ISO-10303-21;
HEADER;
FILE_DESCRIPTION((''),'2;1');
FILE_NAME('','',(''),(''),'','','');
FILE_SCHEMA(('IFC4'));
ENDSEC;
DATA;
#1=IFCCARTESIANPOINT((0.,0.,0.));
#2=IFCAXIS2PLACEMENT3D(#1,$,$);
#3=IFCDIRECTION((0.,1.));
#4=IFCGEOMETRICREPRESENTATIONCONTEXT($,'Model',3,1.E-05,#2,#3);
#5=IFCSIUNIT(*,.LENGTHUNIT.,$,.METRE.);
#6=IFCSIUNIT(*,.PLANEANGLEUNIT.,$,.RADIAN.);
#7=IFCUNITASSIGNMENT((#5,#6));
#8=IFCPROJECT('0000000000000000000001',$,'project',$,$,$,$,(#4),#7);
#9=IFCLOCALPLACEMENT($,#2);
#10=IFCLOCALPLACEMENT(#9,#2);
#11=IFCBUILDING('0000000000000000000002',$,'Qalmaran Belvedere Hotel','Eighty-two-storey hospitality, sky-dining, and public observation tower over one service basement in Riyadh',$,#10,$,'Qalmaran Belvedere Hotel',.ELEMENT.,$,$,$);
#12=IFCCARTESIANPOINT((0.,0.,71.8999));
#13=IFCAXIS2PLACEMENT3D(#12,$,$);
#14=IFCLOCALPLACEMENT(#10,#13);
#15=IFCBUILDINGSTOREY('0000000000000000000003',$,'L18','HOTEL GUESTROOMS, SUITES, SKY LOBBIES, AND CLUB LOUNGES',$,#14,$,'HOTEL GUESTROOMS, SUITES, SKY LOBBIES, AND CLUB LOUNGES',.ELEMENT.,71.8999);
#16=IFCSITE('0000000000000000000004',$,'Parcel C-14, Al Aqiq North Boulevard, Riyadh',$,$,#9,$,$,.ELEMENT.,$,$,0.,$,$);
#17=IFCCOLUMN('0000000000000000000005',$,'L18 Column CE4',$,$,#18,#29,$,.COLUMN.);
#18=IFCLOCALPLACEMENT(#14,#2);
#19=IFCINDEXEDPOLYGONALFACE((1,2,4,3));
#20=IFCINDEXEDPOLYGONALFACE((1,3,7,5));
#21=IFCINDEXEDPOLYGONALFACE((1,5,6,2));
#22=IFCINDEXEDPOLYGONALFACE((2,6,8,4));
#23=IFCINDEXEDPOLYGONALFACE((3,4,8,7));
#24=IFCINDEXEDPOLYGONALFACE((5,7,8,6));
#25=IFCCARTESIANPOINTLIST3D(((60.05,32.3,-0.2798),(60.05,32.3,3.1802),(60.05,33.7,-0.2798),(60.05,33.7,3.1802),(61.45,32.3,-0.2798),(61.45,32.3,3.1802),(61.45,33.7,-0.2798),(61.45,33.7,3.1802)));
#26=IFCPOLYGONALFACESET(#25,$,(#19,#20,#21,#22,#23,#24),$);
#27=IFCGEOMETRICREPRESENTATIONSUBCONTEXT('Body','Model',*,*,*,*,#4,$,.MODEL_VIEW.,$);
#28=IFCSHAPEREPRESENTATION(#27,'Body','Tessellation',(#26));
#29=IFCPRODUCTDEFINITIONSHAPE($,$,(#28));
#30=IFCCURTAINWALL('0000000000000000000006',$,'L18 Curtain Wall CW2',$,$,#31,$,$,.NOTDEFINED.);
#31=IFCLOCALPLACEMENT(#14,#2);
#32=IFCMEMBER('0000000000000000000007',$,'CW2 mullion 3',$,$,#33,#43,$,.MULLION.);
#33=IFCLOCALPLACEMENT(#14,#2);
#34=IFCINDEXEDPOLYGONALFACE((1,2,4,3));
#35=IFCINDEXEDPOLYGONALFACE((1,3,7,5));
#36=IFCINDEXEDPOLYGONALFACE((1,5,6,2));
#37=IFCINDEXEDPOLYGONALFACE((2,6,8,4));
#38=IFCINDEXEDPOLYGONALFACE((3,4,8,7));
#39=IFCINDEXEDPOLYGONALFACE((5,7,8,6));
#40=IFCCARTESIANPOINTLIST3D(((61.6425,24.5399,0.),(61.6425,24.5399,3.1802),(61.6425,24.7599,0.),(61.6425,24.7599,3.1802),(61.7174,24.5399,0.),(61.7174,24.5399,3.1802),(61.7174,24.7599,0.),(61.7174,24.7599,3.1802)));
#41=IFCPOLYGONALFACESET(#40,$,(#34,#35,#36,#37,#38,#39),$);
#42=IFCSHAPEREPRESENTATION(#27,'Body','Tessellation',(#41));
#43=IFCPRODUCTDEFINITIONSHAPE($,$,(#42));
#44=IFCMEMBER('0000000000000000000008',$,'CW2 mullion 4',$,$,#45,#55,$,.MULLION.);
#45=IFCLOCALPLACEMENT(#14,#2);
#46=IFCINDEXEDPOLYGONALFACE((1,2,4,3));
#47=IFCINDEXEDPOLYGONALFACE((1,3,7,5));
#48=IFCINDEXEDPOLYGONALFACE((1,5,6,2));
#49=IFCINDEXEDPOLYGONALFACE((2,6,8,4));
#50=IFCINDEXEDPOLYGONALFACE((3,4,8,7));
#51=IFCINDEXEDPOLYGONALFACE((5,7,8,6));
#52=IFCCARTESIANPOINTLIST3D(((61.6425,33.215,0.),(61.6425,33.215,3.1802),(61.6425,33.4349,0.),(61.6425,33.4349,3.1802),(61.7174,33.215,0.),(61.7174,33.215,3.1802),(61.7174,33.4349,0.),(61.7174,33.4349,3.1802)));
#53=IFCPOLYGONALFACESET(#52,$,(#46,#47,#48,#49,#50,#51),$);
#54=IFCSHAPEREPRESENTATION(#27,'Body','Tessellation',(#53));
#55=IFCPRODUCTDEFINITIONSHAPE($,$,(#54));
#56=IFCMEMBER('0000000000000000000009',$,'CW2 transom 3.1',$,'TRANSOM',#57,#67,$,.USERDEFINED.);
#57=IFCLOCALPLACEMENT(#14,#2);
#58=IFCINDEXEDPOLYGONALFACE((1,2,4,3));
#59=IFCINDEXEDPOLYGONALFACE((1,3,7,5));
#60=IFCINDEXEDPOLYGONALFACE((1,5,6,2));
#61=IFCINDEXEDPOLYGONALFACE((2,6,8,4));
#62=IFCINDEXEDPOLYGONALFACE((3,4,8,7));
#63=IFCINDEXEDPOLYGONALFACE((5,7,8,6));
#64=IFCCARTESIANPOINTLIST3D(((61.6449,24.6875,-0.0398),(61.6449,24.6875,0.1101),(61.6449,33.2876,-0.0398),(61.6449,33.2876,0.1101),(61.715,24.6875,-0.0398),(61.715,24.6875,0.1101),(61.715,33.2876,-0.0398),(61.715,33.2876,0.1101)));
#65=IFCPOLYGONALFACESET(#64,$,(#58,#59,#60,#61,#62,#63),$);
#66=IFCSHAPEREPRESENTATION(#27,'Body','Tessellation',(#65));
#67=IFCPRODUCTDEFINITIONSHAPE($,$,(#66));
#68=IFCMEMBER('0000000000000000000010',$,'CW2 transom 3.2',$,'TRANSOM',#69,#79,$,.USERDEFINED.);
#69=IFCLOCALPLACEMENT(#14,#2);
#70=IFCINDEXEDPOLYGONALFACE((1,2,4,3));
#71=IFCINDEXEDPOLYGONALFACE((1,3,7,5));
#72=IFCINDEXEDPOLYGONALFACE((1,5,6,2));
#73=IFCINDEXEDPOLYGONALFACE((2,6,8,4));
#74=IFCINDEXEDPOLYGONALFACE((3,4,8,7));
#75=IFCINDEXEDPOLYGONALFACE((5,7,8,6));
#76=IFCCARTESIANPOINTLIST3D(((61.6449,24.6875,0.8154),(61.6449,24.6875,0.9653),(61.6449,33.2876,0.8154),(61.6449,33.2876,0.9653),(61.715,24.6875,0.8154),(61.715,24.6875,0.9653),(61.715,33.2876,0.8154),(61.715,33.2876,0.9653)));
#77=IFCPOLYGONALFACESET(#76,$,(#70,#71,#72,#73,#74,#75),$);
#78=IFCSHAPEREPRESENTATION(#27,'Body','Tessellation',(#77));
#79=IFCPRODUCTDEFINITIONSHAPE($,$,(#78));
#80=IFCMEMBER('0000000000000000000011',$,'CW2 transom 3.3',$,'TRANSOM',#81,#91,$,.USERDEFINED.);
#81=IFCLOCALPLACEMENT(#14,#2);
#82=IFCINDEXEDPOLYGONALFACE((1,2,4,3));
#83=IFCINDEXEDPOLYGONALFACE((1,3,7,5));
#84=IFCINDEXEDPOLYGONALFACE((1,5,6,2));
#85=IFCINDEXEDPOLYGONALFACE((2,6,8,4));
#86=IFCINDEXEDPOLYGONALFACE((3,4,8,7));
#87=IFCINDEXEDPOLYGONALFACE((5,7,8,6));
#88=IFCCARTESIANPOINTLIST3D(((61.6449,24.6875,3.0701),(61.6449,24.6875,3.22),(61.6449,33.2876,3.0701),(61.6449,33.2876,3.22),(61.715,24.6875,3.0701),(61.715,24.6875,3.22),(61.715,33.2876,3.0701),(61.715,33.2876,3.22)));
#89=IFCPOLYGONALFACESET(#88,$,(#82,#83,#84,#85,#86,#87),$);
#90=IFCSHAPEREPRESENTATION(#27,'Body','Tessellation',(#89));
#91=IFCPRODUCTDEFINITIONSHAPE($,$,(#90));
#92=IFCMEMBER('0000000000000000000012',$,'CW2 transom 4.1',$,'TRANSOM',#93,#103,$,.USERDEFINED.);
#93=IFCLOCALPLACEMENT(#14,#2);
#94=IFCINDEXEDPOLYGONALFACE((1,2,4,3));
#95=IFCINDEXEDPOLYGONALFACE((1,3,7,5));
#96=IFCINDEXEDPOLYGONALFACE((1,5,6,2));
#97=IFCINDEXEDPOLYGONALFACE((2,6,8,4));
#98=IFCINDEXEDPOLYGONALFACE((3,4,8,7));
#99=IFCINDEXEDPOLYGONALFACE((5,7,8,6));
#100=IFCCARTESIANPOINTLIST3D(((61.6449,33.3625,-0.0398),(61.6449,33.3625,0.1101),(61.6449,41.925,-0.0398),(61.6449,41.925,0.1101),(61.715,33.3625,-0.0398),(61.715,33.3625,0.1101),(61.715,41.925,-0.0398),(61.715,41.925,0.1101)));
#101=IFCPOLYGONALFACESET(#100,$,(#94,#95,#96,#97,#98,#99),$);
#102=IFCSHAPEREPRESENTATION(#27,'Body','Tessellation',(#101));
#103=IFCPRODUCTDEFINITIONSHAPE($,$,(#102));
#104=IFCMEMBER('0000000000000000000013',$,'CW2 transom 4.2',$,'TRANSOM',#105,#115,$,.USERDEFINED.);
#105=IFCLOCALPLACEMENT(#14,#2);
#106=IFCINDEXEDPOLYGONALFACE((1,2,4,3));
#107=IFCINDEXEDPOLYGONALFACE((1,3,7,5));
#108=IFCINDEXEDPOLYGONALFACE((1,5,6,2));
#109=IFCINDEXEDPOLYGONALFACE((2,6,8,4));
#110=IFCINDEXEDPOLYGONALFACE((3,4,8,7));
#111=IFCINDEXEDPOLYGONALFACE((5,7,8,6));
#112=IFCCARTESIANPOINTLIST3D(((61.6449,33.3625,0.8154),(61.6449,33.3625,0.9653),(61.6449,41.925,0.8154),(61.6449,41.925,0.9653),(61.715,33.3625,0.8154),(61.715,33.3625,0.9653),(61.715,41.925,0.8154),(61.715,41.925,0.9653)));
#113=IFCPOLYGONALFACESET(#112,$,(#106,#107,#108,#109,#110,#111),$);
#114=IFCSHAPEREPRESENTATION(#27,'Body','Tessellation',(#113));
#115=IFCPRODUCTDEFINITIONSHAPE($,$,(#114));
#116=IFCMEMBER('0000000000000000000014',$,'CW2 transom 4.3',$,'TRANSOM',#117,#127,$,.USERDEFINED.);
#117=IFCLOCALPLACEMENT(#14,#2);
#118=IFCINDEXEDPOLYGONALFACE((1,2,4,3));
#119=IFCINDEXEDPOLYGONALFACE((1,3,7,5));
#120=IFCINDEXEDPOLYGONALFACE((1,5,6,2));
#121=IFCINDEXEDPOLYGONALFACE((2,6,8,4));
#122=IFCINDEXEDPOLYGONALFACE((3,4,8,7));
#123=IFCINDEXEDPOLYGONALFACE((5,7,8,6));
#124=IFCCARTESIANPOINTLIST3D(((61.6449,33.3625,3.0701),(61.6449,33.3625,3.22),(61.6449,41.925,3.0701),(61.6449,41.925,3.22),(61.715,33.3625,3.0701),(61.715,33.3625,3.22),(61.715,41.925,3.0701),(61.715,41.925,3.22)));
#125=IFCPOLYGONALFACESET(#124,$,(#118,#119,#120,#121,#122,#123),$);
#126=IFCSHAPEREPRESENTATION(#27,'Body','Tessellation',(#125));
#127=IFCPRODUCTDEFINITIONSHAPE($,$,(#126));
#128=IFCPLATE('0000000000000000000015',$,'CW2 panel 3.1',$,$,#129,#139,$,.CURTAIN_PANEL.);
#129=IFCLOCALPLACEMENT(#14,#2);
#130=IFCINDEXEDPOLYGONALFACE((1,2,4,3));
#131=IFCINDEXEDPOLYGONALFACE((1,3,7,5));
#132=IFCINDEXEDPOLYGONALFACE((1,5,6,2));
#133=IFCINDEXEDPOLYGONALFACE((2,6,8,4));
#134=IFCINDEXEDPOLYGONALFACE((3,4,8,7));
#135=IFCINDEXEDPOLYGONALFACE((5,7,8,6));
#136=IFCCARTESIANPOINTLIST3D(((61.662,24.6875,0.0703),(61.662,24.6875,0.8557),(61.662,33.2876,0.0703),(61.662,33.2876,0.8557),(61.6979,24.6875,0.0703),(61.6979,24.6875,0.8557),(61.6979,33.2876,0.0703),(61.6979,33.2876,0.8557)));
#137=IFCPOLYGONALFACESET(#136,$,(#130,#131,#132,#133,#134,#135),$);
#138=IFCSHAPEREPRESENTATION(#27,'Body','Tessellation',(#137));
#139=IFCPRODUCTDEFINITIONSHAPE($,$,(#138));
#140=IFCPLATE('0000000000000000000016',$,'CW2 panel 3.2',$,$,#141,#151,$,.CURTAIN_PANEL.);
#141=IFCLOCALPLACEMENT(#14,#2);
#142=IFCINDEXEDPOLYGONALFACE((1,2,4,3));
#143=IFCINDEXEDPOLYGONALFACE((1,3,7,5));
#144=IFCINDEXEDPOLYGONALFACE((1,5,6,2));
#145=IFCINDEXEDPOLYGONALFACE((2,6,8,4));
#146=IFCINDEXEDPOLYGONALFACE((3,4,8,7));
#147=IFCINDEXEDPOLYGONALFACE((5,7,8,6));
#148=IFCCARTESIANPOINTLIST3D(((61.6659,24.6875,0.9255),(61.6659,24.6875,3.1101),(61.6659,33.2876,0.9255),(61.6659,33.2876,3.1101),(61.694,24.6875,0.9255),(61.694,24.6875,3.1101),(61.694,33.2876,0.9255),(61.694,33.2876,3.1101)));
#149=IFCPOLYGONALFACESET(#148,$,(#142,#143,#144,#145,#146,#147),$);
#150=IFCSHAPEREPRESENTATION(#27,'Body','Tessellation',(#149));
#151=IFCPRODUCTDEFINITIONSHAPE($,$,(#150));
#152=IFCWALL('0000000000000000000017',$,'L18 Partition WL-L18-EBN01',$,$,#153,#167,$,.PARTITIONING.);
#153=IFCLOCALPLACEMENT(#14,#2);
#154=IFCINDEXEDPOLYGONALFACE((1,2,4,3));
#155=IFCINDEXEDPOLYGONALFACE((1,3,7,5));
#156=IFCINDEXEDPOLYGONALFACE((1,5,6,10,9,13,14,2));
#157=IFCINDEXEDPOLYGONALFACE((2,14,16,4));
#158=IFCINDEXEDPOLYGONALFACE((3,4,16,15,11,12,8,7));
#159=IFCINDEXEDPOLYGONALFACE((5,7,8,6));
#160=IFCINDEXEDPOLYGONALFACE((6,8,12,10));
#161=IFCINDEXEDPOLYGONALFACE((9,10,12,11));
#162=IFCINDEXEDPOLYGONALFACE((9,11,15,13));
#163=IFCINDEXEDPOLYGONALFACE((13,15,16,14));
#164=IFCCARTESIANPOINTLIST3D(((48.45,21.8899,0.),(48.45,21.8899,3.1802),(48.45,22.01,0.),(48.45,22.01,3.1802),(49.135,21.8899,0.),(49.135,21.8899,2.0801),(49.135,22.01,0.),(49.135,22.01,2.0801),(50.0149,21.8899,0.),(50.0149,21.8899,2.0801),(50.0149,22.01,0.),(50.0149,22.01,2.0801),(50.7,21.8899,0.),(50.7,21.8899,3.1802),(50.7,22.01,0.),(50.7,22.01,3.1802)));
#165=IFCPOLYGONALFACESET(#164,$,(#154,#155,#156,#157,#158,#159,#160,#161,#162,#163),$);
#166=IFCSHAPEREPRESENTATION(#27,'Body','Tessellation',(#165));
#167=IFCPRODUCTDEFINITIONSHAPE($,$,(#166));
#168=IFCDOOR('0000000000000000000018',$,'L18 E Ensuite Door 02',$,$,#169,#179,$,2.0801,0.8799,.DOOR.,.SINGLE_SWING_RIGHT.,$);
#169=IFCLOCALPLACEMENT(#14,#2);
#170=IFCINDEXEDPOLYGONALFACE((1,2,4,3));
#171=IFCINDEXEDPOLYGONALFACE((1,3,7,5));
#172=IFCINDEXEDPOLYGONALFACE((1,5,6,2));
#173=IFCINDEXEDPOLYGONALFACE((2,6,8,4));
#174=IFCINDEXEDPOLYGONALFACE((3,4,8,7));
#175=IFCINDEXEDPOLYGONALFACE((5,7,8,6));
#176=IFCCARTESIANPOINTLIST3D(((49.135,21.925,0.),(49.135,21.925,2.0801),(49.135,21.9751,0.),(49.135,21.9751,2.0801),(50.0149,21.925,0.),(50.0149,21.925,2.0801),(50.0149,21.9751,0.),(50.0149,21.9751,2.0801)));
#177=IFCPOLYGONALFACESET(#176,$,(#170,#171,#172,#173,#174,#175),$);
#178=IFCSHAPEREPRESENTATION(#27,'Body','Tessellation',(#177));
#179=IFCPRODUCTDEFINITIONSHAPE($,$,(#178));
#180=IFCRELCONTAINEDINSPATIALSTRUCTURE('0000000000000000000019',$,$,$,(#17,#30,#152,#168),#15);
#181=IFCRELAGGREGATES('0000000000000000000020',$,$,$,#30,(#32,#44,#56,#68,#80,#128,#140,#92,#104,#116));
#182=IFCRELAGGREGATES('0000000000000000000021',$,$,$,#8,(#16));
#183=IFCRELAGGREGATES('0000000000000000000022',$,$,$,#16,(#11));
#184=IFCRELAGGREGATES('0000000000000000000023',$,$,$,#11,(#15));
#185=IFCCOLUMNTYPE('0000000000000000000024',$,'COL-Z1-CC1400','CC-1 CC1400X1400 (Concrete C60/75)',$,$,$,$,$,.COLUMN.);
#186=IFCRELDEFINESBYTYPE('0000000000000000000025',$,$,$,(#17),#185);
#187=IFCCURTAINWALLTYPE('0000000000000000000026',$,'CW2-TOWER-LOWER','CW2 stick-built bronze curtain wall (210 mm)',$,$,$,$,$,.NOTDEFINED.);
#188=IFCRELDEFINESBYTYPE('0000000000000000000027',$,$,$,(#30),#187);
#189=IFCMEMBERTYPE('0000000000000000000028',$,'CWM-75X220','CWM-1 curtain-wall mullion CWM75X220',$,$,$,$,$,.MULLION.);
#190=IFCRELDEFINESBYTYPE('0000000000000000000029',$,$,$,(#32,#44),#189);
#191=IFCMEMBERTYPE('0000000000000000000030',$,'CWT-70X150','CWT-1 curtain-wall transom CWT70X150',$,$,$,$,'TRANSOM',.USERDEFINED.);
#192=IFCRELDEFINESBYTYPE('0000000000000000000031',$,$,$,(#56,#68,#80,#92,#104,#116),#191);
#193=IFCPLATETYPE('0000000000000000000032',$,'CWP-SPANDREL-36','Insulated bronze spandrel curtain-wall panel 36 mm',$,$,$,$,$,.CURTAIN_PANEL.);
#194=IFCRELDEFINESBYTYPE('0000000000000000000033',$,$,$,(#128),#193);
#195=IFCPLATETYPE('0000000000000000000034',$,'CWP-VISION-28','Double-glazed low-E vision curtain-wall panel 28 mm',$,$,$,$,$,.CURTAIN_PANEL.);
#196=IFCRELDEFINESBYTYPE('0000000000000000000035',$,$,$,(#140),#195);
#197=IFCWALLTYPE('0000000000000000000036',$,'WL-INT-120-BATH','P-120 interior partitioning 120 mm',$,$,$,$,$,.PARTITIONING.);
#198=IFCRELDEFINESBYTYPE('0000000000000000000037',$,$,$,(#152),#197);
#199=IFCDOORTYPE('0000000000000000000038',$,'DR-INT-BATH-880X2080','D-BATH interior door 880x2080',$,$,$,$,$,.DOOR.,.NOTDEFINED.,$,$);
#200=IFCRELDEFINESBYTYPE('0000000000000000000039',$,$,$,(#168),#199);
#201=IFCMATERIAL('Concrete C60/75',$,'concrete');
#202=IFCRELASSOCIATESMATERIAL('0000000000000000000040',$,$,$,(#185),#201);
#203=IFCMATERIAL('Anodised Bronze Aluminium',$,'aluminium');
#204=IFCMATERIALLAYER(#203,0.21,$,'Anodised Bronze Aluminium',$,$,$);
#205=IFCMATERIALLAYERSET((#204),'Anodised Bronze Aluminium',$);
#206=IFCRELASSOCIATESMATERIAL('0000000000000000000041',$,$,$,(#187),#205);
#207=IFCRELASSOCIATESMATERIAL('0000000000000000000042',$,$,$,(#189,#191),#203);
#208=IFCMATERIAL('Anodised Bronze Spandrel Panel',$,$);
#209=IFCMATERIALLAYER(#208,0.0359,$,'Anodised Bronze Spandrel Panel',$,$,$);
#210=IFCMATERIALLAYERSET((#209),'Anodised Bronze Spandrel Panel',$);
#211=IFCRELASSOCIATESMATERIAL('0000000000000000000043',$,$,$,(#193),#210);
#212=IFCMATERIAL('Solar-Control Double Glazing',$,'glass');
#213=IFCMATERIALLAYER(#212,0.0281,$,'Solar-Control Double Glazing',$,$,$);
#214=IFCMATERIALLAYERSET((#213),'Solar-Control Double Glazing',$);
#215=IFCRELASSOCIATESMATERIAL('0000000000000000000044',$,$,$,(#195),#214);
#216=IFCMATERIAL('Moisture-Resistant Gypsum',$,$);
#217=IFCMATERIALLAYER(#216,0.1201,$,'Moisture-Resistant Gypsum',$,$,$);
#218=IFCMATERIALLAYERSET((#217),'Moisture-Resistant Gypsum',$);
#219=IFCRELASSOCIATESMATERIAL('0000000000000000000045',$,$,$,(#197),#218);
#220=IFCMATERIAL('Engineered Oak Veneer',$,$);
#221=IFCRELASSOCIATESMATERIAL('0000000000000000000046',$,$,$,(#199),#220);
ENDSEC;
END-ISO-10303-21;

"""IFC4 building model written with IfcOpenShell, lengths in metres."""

from ifc_helpers import new_model, si_unit, direction, frame, frame_2d, origin, origin_2d, place, context, subcontext, project, spatial, rectangle, extrude, material, layer, layer_set, material_profile, profile_set, type_object, element, fill, aggregate, save


model = new_model("IFC4")

# Units and contexts
model_context = context("Model", 3, precision=1e-05, world=origin(), true_north=direction((0.0, 1.0)))
body_context = subcontext(model_context, "Body", "Model", "MODEL_VIEW")
ifc_project = project(units=[si_unit("LENGTHUNIT", "METRE"), si_unit("PLANEANGLEUNIT", "RADIAN")], contexts=[model_context])

# Site, building, storey
site_placement = place(None, origin())
site = spatial("IfcSite", under=ifc_project, at=site_placement, Name="Parcel C-14, Al Aqiq North Boulevard, Riyadh", CompositionType="ELEMENT", RefElevation=0.0)
building_placement = place(site_placement, origin())
building = spatial("IfcBuilding", under=site, at=building_placement, Name="Qalmaran Belvedere Hotel", Description="Eighty-two-storey hospitality, sky-dining, and public observation tower over one service basement in Riyadh", LongName="Qalmaran Belvedere Hotel", CompositionType="ELEMENT")
storey_placement = place(building_placement, frame((0.0, 0.0, 71.8999)))
storey = spatial("IfcBuildingStorey", under=building, at=storey_placement, Name="L18", Description="HOTEL GUESTROOMS, SUITES, SKY LOBBIES, AND CLUB LOUNGES", LongName="HOTEL GUESTROOMS, SUITES, SKY LOBBIES, AND CLUB LOUNGES", CompositionType="ELEMENT", Elevation=71.8999)

# Column
ifc_material_1 = material(Name="Concrete C60/75", Category="concrete")
ifc_material_profile_1 = material_profile(ifc_material_1, rectangle(XDim=1.3999, YDim=1.3999, at=origin_2d()), Name="CC1400X1400")
ifc_profile_set_1 = profile_set([ifc_material_profile_1], Name="Concrete C60/75")
column_type = type_object("IfcColumnType", Name="COL-Z1-CC1400", Description="CC-1 CC1400X1400 (Concrete C60/75)", PredefinedType="COLUMN", material=ifc_profile_set_1)
column_placement = place(storey_placement, frame((60.75, 33.0, -0.2798), z_axis=(0.0, 0.0, 1.0), x_axis=(1.0, 0.0, 0.0)))
element("IfcColumn", 1, at=column_placement, inside=storey, type_object=column_type, Name="L18 Column CE4", PredefinedType="COLUMN", context=body_context, shape_type="SweptSolid", body=[
    extrude(rectangle(XDim=1.3999, YDim=1.3999, at=origin_2d()), origin(), (0.0, 0.0, 1.0), 3.46),
])

# Curtain wall, members, plates
ifc_material_2 = material(Name="Anodised Bronze Aluminium", Category="aluminium")
ifc_layer_1 = layer(ifc_material_2, 0.21, Name="Anodised Bronze Aluminium")
ifc_layer_set_1 = layer_set([ifc_layer_1], Name="Anodised Bronze Aluminium")
curtain_wall_type = type_object("IfcCurtainWallType", Name="CW2-TOWER-LOWER", Description="CW2 stick-built bronze curtain wall (210 mm)", PredefinedType="NOTDEFINED", material=ifc_layer_set_1)
curtain_wall_placement = place(storey_placement, origin())
curtain_wall = element("IfcCurtainWall", 2, at=curtain_wall_placement, inside=storey, type_object=curtain_wall_type, Name="L18 Curtain Wall CW2", PredefinedType="NOTDEFINED")
ifc_material_profile_2 = material_profile(ifc_material_2, rectangle(XDim=0.075, YDim=0.22, at=origin_2d()), Name="CWM75X220")
ifc_profile_set_2 = profile_set([ifc_material_profile_2], Name="Anodised Bronze Aluminium")
member_type_1 = type_object("IfcMemberType", Name="CWM-75X220", Description="CWM-1 curtain-wall mullion CWM75X220", PredefinedType="MULLION", material=ifc_profile_set_2)
member_1_placement = place(storey_placement, frame((61.6799, 24.6499, 0.0), z_axis=(0.0, 0.0, 1.0), x_axis=(-1.0, 0.0, 0.0)))
member_1 = element("IfcMember", 3, at=member_1_placement, type_object=member_type_1, Name="CW2 mullion 3", PredefinedType="MULLION", context=body_context, shape_type="SweptSolid", body=[
    extrude(rectangle(XDim=0.075, YDim=0.22, at=origin_2d()), origin(), (0.0, 0.0, 1.0), 3.1802),
])
member_2_placement = place(storey_placement, frame((61.6799, 33.325, 0.0), z_axis=(0.0, 0.0, 1.0), x_axis=(-1.0, 0.0, 0.0)))
member_2 = element("IfcMember", 4, at=member_2_placement, type_object=member_type_1, Name="CW2 mullion 4", PredefinedType="MULLION", context=body_context, shape_type="SweptSolid", body=[
    extrude(rectangle(XDim=0.075, YDim=0.22, at=origin_2d()), origin(), (0.0, 0.0, 1.0), 3.1802),
])
ifc_material_profile_3 = material_profile(ifc_material_2, rectangle(XDim=0.0701, YDim=0.1499, at=origin_2d()), Name="CWT70X150")
ifc_profile_set_3 = profile_set([ifc_material_profile_3], Name="Anodised Bronze Aluminium")
member_type_2 = type_object("IfcMemberType", Name="CWT-70X150", Description="CWT-1 curtain-wall transom CWT70X150", ElementType="TRANSOM", PredefinedType="USERDEFINED", material=ifc_profile_set_3)
member_3_placement = place(storey_placement, frame((61.6799, 24.6875, 0.0352), z_axis=(0.0, 1.0, 0.0), x_axis=(-1.0, 0.0, 0.0)))
member_3 = element("IfcMember", 5, at=member_3_placement, type_object=member_type_2, Name="CW2 transom 3.1", ObjectType="TRANSOM", PredefinedType="USERDEFINED", context=body_context, shape_type="SweptSolid", body=[
    extrude(rectangle(XDim=0.0701, YDim=0.1499, at=origin_2d()), origin(), (0.0, 0.0, 1.0), 8.6001),
])
member_4_placement = place(storey_placement, frame((61.6799, 24.6875, 0.8904), z_axis=(0.0, 1.0, 0.0), x_axis=(-1.0, 0.0, 0.0)))
member_4 = element("IfcMember", 6, at=member_4_placement, type_object=member_type_2, Name="CW2 transom 3.2", ObjectType="TRANSOM", PredefinedType="USERDEFINED", context=body_context, shape_type="SweptSolid", body=[
    extrude(rectangle(XDim=0.0701, YDim=0.1499, at=origin_2d()), origin(), (0.0, 0.0, 1.0), 8.6001),
])
member_5_placement = place(storey_placement, frame((61.6799, 24.6875, 3.145), z_axis=(0.0, 1.0, 0.0), x_axis=(-1.0, 0.0, 0.0)))
member_5 = element("IfcMember", 7, at=member_5_placement, type_object=member_type_2, Name="CW2 transom 3.3", ObjectType="TRANSOM", PredefinedType="USERDEFINED", context=body_context, shape_type="SweptSolid", body=[
    extrude(rectangle(XDim=0.0701, YDim=0.1499, at=origin_2d()), origin(), (0.0, 0.0, 1.0), 8.6001),
])
member_6_placement = place(storey_placement, frame((61.6799, 33.3625, 0.0352), z_axis=(0.0, 1.0, 0.0), x_axis=(-1.0, 0.0, 0.0)))
member_6 = element("IfcMember", 8, at=member_6_placement, type_object=member_type_2, Name="CW2 transom 4.1", ObjectType="TRANSOM", PredefinedType="USERDEFINED", context=body_context, shape_type="SweptSolid", body=[
    extrude(rectangle(XDim=0.0701, YDim=0.1499, at=origin_2d()), origin(), (0.0, 0.0, 1.0), 8.5625),
])
member_7_placement = place(storey_placement, frame((61.6799, 33.3625, 0.8904), z_axis=(0.0, 1.0, 0.0), x_axis=(-1.0, 0.0, 0.0)))
member_7 = element("IfcMember", 9, at=member_7_placement, type_object=member_type_2, Name="CW2 transom 4.2", ObjectType="TRANSOM", PredefinedType="USERDEFINED", context=body_context, shape_type="SweptSolid", body=[
    extrude(rectangle(XDim=0.0701, YDim=0.1499, at=origin_2d()), origin(), (0.0, 0.0, 1.0), 8.5625),
])
member_8_placement = place(storey_placement, frame((61.6799, 33.3625, 3.145), z_axis=(0.0, 1.0, 0.0), x_axis=(-1.0, 0.0, 0.0)))
member_8 = element("IfcMember", 10, at=member_8_placement, type_object=member_type_2, Name="CW2 transom 4.3", ObjectType="TRANSOM", PredefinedType="USERDEFINED", context=body_context, shape_type="SweptSolid", body=[
    extrude(rectangle(XDim=0.0701, YDim=0.1499, at=origin_2d()), origin(), (0.0, 0.0, 1.0), 8.5625),
])
ifc_material_3 = material(Name="Anodised Bronze Spandrel Panel")
ifc_layer_2 = layer(ifc_material_3, 0.0359, Name="Anodised Bronze Spandrel Panel")
ifc_layer_set_2 = layer_set([ifc_layer_2], Name="Anodised Bronze Spandrel Panel")
plate_type_1 = type_object("IfcPlateType", Name="CWP-SPANDREL-36", Description="Insulated bronze spandrel curtain-wall panel 36 mm", PredefinedType="CURTAIN_PANEL", material=ifc_layer_set_2)
plate_1_placement = place(storey_placement, frame((61.6799, 28.9875, 0.0703), z_axis=(0.0, 0.0, 1.0), x_axis=(0.0, 1.0, 0.0)))
plate_1 = element("IfcPlate", 11, at=plate_1_placement, type_object=plate_type_1, Name="CW2 panel 3.1", PredefinedType="CURTAIN_PANEL", context=body_context, shape_type="SweptSolid", body=[
    extrude(rectangle(XDim=8.6001, YDim=0.0359, at=origin_2d()), origin(), (0.0, 0.0, 1.0), 0.7854),
])
ifc_material_4 = material(Name="Solar-Control Double Glazing", Category="glass")
ifc_layer_3 = layer(ifc_material_4, 0.0281, Name="Solar-Control Double Glazing")
ifc_layer_set_3 = layer_set([ifc_layer_3], Name="Solar-Control Double Glazing")
plate_type_2 = type_object("IfcPlateType", Name="CWP-VISION-28", Description="Double-glazed low-E vision curtain-wall panel 28 mm", PredefinedType="CURTAIN_PANEL", material=ifc_layer_set_3)
plate_2_placement = place(storey_placement, frame((61.6799, 28.9875, 0.9255), z_axis=(0.0, 0.0, 1.0), x_axis=(0.0, 1.0, 0.0)))
plate_2 = element("IfcPlate", 12, at=plate_2_placement, type_object=plate_type_2, Name="CW2 panel 3.2", PredefinedType="CURTAIN_PANEL", context=body_context, shape_type="SweptSolid", body=[
    extrude(rectangle(XDim=8.6001, YDim=0.0281, at=origin_2d()), origin(), (0.0, 0.0, 1.0), 2.1846),
])
aggregate(curtain_wall, [member_1, member_2, member_3, member_4, member_5, plate_1, plate_2, member_6, member_7, member_8])

# Wall, opening, door
ifc_material_5 = material(Name="Moisture-Resistant Gypsum")
ifc_layer_4 = layer(ifc_material_5, 0.1201, Name="Moisture-Resistant Gypsum")
ifc_layer_set_4 = layer_set([ifc_layer_4], Name="Moisture-Resistant Gypsum")
wall_type_1 = type_object("IfcWallType", Name="WL-INT-120-BATH", Description="P-120 interior partitioning 120 mm", PredefinedType="PARTITIONING", material=ifc_layer_set_4)
wall_1_placement = place(storey_placement, frame((48.45, 21.95, 0.0), z_axis=(0.0, 0.0, 1.0), x_axis=(1.0, 0.0, 0.0)))
wall_1 = element("IfcWall", 13, at=wall_1_placement, inside=storey, type_object=wall_type_1, Name="L18 Partition WL-L18-EBN01", PredefinedType="PARTITIONING", context=body_context, shape_type="SweptSolid", body=[
    extrude(rectangle(XDim=2.25, YDim=0.1201, at=frame_2d((1.125, 0.0))), origin(), (0.0, 0.0, 1.0), 3.1802),
])
opening_1_placement = place(wall_1_placement, frame((1.5649, 0.0, 0.0), z_axis=(0.0, 0.0, 1.0), x_axis=(-1.0, 0.0, 0.0)))
opening_1 = element("IfcOpeningElement", 14, at=opening_1_placement, cuts=wall_1, PredefinedType="OPENING", context=body_context, shape_type="SweptSolid", body=[
    extrude(rectangle(XDim=0.8799, YDim=2.0801, at=frame_2d((0.4399, 1.04))), frame((0.0, 0.0701, 0.0), z_axis=(0.0, -1.0, 0.0), x_axis=(1.0, 0.0, 0.0)), (0.0, 0.0, 1.0), 0.1401),
])
ifc_material_6 = material(Name="Engineered Oak Veneer")
door_type_1 = type_object("IfcDoorType", Name="DR-INT-BATH-880X2080", Description="D-BATH interior door 880x2080", OperationType="NOTDEFINED", PredefinedType="DOOR", material=ifc_material_6)
door_1_placement = place(opening_1_placement, origin())
door_1 = element("IfcDoor", 15, at=door_1_placement, inside=storey, type_object=door_type_1, Name="L18 E Ensuite Door 02", OperationType="SINGLE_SWING_RIGHT", OverallHeight=2.0801, OverallWidth=0.8799, PredefinedType="DOOR", context=body_context, shape_type="SweptSolid", body=[
    extrude(rectangle(XDim=0.8799, YDim=2.0801, at=frame_2d((0.4399, 1.04))), frame((0.0, 0.0249, 0.0), z_axis=(0.0, -1.0, 0.0), x_axis=(1.0, 0.0, 0.0)), (0.0, 0.0, 1.0), 0.05),
])
fill(opening_1, door_1)

save(model, "model.ifc")
